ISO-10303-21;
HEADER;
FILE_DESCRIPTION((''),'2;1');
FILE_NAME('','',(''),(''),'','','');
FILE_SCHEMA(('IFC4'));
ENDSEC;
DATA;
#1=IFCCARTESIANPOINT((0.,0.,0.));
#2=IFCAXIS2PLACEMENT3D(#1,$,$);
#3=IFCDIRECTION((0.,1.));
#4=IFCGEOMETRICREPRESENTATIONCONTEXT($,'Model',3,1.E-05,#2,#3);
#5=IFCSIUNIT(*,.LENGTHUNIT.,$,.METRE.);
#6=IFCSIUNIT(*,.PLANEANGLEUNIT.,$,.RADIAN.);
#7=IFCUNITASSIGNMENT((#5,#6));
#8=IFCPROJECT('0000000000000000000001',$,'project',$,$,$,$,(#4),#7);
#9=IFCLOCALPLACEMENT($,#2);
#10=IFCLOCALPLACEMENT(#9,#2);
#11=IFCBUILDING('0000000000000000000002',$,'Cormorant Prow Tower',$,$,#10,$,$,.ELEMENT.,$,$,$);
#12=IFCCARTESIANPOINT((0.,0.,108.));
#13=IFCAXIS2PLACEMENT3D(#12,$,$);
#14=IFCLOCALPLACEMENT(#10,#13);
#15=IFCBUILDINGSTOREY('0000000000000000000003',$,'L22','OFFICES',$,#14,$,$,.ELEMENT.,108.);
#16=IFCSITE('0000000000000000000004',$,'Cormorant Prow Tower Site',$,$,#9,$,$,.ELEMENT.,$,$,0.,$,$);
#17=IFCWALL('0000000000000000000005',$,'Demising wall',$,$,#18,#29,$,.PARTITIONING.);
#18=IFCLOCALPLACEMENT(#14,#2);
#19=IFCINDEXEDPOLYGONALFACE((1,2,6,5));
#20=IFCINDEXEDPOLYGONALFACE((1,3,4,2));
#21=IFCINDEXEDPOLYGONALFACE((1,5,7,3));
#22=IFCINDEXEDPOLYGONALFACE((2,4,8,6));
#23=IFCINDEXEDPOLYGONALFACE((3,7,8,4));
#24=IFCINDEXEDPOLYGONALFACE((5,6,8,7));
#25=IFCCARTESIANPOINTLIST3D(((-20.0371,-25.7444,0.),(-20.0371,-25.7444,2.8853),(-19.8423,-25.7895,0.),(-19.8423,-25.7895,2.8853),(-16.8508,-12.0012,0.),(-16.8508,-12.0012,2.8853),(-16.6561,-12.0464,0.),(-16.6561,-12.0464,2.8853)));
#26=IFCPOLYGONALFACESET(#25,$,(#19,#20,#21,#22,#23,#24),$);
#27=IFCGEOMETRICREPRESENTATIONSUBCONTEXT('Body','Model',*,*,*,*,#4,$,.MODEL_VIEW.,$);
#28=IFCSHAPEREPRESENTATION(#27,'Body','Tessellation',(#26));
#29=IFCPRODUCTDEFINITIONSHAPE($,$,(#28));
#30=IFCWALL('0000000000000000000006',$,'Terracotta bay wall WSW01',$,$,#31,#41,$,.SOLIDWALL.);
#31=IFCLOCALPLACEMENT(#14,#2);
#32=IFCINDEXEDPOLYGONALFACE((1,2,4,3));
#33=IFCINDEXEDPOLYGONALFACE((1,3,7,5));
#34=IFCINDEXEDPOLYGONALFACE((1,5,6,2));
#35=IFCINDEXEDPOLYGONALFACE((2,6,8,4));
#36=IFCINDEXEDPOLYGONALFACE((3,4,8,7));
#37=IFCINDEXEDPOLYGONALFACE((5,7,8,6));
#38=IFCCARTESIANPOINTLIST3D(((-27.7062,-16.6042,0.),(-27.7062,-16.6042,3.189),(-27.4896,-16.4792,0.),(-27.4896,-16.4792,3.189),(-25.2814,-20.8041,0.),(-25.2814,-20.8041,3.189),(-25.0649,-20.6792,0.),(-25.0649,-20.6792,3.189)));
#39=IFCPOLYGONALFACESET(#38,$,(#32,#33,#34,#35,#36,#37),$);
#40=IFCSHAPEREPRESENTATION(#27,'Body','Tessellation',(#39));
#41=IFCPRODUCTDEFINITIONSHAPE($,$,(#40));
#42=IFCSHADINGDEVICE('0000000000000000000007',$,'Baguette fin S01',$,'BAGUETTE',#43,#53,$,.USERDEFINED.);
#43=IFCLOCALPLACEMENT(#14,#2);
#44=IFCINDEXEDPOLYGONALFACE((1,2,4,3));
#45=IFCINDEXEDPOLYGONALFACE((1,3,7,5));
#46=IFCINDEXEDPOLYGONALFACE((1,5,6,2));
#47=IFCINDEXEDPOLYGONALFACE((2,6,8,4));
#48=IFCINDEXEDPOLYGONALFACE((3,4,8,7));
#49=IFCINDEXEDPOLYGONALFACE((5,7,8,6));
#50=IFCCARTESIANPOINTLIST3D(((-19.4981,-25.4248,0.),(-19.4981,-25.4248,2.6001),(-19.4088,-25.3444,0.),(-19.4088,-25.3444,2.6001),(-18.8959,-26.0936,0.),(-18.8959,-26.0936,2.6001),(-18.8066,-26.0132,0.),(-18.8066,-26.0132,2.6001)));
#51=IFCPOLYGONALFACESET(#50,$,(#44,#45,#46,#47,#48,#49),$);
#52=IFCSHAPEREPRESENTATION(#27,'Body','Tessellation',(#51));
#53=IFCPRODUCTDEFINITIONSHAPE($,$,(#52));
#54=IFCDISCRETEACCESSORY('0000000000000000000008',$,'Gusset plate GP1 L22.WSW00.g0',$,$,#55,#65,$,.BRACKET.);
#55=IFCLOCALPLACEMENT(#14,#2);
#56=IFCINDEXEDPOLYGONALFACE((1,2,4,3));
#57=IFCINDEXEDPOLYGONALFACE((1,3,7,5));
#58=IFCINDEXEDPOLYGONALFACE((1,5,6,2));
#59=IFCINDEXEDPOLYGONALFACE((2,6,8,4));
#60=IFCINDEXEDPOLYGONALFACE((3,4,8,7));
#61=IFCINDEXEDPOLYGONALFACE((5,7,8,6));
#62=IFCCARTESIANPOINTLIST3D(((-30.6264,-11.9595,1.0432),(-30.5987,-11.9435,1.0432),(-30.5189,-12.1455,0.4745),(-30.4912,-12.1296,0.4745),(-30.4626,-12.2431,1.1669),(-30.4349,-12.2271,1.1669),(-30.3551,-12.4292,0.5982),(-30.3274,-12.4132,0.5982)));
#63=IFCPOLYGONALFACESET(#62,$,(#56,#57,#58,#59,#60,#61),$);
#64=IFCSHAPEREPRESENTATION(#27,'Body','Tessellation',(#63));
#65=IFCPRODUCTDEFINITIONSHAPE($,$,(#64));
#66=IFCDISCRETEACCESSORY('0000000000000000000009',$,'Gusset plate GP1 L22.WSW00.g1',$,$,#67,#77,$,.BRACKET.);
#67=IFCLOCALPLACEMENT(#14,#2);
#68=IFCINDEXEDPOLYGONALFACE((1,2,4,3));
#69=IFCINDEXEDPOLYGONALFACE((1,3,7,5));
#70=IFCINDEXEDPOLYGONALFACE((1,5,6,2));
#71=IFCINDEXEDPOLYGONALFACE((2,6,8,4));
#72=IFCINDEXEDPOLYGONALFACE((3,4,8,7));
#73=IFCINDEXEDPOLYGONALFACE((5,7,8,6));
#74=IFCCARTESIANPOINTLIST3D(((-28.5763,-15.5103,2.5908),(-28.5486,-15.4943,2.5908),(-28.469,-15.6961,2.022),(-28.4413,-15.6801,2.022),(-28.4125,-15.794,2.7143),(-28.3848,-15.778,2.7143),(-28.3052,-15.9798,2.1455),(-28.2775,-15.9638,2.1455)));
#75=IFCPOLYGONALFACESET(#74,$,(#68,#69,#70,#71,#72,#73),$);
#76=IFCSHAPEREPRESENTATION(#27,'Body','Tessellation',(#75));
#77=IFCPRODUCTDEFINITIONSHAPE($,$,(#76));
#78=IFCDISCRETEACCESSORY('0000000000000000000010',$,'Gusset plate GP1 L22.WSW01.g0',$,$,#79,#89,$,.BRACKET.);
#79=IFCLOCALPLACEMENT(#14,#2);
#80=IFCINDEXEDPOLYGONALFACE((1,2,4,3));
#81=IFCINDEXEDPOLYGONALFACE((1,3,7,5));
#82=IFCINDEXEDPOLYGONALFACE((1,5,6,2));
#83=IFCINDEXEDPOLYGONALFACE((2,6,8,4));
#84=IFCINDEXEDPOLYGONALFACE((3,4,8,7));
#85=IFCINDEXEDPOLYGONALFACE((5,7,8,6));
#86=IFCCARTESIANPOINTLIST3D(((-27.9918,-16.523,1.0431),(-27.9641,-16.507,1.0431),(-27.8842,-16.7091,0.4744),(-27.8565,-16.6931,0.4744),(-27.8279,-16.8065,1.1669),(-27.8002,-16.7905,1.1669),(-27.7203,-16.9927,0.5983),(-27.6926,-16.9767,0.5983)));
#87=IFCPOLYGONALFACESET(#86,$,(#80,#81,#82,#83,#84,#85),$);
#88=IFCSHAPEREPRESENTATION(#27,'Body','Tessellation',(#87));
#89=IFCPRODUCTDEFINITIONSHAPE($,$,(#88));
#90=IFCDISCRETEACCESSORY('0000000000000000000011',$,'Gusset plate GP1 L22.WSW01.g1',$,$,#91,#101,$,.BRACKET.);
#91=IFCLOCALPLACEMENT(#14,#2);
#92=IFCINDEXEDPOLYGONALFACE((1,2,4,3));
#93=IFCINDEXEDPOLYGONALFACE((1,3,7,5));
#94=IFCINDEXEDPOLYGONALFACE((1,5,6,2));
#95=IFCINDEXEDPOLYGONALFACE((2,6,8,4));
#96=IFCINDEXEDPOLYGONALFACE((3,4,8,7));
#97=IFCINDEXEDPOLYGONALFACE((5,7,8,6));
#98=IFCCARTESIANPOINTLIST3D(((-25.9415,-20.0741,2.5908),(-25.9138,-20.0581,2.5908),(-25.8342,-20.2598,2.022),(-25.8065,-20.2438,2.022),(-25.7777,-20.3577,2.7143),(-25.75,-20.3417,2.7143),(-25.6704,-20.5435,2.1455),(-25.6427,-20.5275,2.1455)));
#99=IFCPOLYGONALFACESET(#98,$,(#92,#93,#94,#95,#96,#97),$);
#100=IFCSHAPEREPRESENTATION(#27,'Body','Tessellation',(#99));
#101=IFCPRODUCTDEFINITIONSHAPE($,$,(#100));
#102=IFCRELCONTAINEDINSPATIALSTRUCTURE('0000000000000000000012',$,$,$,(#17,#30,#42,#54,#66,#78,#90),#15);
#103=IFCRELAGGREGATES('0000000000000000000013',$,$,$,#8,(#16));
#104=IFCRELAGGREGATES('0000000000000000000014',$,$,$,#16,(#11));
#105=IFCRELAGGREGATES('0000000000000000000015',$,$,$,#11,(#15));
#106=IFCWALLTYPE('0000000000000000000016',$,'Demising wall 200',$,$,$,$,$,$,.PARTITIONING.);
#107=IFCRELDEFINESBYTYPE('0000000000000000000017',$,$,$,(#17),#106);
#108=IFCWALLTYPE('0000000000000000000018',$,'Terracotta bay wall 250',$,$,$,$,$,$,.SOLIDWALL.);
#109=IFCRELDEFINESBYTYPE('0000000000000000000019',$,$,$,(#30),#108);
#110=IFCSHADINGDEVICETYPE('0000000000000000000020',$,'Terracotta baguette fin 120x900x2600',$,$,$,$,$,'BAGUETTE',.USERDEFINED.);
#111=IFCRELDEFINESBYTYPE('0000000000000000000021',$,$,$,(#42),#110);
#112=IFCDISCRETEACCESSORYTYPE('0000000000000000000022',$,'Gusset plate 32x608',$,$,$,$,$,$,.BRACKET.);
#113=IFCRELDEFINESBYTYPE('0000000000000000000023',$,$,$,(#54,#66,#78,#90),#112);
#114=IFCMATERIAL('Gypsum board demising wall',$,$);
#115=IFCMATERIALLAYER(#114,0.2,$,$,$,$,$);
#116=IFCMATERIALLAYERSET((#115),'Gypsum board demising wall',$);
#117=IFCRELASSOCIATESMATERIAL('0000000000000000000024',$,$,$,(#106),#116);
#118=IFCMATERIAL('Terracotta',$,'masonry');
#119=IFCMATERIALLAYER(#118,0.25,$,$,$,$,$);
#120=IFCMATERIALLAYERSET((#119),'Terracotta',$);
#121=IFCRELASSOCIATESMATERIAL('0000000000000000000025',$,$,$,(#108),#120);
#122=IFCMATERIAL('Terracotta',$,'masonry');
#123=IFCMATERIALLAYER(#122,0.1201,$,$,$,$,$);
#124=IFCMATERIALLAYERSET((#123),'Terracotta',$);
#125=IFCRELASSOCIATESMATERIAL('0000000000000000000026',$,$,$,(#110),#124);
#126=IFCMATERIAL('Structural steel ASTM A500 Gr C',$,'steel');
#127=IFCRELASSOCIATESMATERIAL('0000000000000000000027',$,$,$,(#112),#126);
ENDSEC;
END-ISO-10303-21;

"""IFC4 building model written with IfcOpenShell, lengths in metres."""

from ifc_helpers import new_model, si_unit, direction, frame, frame_2d, origin, origin_2d, place, context, subcontext, project, spatial, rectangle, extrude, material, layer, layer_set, material_profile, profile_set, type_object, element, save


model = new_model("IFC4")

# Units and contexts
model_context = context("Model", 3, precision=1e-05, world=origin(), true_north=direction((0.0, 1.0)))
body_context = subcontext(model_context, "Body", "Model", "MODEL_VIEW")
ifc_project = project(units=[si_unit("LENGTHUNIT", "METRE"), si_unit("PLANEANGLEUNIT", "RADIAN")], contexts=[model_context])

# Site, building, storey
site_placement = place(None, origin())
site = spatial("IfcSite", under=ifc_project, at=site_placement, Name="Cormorant Prow Tower Site", CompositionType="ELEMENT", RefElevation=0.0)
building_placement = place(site_placement, origin())
building = spatial("IfcBuilding", under=site, at=building_placement, Name="Cormorant Prow Tower", CompositionType="ELEMENT")
storey_placement = place(building_placement, frame((0.0, 0.0, 108.0)))
storey = spatial("IfcBuildingStorey", under=building, at=storey_placement, Name="L22", Description="OFFICES", CompositionType="ELEMENT", Elevation=108.0)

# Walls
ifc_material_1 = material(Name="Gypsum board demising wall")
ifc_layer_1 = layer(ifc_material_1, 0.2)
ifc_layer_set_1 = layer_set([ifc_layer_1], Name="Gypsum board demising wall")
wall_type_1 = type_object("IfcWallType", Name="Demising wall 200", PredefinedType="PARTITIONING", material=ifc_layer_set_1)
wall_1_placement = place(storey_placement, frame((-19.9397, -25.7668, 0.0), z_axis=(0.0, 0.0, 1.0), x_axis=(0.225854, 0.974161, 0.0)))
element("IfcWall", 1, at=wall_1_placement, inside=storey, type_object=wall_type_1, Name="Demising wall", PredefinedType="PARTITIONING", context=body_context, shape_type="SweptSolid", body=[
    extrude(rectangle(XDim=14.1077, YDim=0.2, at=frame_2d((7.0537, 0.0))), origin(), (0.0, 0.0, 1.0), 2.8853),
])
ifc_material_2 = material(Name="Terracotta", Category="masonry")
ifc_layer_2 = layer(ifc_material_2, 0.25)
ifc_layer_set_2 = layer_set([ifc_layer_2], Name="Terracotta")
wall_type_2 = type_object("IfcWallType", Name="Terracotta bay wall 250", PredefinedType="SOLIDWALL", material=ifc_layer_set_2)
wall_2_placement = place(storey_placement, frame((-27.5979, -16.5417, 0.0), z_axis=(0.0, 0.0, 1.0), x_axis=(0.499994, -0.866029, 0.0)))
element("IfcWall", 2, at=wall_2_placement, inside=storey, type_object=wall_type_2, Name="Terracotta bay wall WSW01", PredefinedType="SOLIDWALL", context=body_context, shape_type="SweptSolid", body=[
    extrude(rectangle(XDim=4.8496, YDim=0.25, at=frame_2d((2.4248, 0.0))), origin(), (0.0, 0.0, 1.0), 3.189),
])

# Shading device
ifc_material_3 = material(Name="Terracotta", Category="masonry")
ifc_layer_3 = layer(ifc_material_3, 0.1201)
ifc_layer_set_3 = layer_set([ifc_layer_3], Name="Terracotta")
shading_device_type = type_object("IfcShadingDeviceType", Name="Terracotta baguette fin 120x900x2600", ElementType="BAGUETTE", PredefinedType="USERDEFINED", material=ifc_layer_set_3)
shading_device_placement = place(storey_placement, frame((-19.1523, -25.719, 0.0), z_axis=(0.0, 0.0, 1.0), x_axis=(0.743145, 0.669131, 0.0)))
element("IfcShadingDevice", 3, at=shading_device_placement, inside=storey, type_object=shading_device_type, Name="Baguette fin S01", ObjectType="BAGUETTE", PredefinedType="USERDEFINED", context=body_context, shape_type="SweptSolid", body=[
    extrude(rectangle(XDim=0.1201, YDim=0.8999, at=origin_2d()), origin(), (0.0, 0.0, 1.0), 2.6001),
])

# Discrete accessories
ifc_material_4 = material(Name="Structural steel ASTM A500 Gr C", Category="steel")
ifc_material_profile_1 = material_profile(ifc_material_4, rectangle(XDim=0.032, YDim=0.6079, at=origin_2d()), Name="Gusset plate 32x608")
ifc_profile_set_1 = profile_set([ifc_material_profile_1], Name="Structural steel ASTM A500 Gr C")
discrete_accessory_type = type_object("IfcDiscreteAccessoryType", Name="Gusset plate 32x608", PredefinedType="BRACKET", material=ifc_profile_set_1)
for number, where, z_axis, x_axis, name in (
    (4, (-30.395, -12.3281, 0.8826), (-0.467788, 0.810089, -0.353455), (-0.865987, -0.500067, 0.0), "Gusset plate GP1 L22.WSW00.g0"),
    (5, (-28.5088, -15.5952, 2.3064), (0.467903, -0.810288, 0.352845), (0.865987, 0.500067, 0.0), "Gusset plate GP1 L22.WSW00.g1"),
    (6, (-27.7603, -16.8916, 0.8826), (-0.468052, 0.809849, -0.353655), (-0.8658, -0.500389, 0.0), "Gusset plate GP1 L22.WSW01.g0"),
    (7, (-25.874, -20.1589, 2.3064), (0.467903, -0.810288, 0.352845), (0.865987, 0.500067, 0.0), "Gusset plate GP1 L22.WSW01.g1"),
):
    element("IfcDiscreteAccessory", number, at=place(storey_placement, frame(where, z_axis=z_axis, x_axis=x_axis)), inside=storey, type_object=discrete_accessory_type, Name=name, PredefinedType="BRACKET", context=body_context, shape_type="SweptSolid", body=[
        extrude(rectangle(XDim=0.032, YDim=0.6079, at=origin_2d()), origin(), (0.0, 0.0, 1.0), 0.3501),
    ])

save(model, "model.ifc")
